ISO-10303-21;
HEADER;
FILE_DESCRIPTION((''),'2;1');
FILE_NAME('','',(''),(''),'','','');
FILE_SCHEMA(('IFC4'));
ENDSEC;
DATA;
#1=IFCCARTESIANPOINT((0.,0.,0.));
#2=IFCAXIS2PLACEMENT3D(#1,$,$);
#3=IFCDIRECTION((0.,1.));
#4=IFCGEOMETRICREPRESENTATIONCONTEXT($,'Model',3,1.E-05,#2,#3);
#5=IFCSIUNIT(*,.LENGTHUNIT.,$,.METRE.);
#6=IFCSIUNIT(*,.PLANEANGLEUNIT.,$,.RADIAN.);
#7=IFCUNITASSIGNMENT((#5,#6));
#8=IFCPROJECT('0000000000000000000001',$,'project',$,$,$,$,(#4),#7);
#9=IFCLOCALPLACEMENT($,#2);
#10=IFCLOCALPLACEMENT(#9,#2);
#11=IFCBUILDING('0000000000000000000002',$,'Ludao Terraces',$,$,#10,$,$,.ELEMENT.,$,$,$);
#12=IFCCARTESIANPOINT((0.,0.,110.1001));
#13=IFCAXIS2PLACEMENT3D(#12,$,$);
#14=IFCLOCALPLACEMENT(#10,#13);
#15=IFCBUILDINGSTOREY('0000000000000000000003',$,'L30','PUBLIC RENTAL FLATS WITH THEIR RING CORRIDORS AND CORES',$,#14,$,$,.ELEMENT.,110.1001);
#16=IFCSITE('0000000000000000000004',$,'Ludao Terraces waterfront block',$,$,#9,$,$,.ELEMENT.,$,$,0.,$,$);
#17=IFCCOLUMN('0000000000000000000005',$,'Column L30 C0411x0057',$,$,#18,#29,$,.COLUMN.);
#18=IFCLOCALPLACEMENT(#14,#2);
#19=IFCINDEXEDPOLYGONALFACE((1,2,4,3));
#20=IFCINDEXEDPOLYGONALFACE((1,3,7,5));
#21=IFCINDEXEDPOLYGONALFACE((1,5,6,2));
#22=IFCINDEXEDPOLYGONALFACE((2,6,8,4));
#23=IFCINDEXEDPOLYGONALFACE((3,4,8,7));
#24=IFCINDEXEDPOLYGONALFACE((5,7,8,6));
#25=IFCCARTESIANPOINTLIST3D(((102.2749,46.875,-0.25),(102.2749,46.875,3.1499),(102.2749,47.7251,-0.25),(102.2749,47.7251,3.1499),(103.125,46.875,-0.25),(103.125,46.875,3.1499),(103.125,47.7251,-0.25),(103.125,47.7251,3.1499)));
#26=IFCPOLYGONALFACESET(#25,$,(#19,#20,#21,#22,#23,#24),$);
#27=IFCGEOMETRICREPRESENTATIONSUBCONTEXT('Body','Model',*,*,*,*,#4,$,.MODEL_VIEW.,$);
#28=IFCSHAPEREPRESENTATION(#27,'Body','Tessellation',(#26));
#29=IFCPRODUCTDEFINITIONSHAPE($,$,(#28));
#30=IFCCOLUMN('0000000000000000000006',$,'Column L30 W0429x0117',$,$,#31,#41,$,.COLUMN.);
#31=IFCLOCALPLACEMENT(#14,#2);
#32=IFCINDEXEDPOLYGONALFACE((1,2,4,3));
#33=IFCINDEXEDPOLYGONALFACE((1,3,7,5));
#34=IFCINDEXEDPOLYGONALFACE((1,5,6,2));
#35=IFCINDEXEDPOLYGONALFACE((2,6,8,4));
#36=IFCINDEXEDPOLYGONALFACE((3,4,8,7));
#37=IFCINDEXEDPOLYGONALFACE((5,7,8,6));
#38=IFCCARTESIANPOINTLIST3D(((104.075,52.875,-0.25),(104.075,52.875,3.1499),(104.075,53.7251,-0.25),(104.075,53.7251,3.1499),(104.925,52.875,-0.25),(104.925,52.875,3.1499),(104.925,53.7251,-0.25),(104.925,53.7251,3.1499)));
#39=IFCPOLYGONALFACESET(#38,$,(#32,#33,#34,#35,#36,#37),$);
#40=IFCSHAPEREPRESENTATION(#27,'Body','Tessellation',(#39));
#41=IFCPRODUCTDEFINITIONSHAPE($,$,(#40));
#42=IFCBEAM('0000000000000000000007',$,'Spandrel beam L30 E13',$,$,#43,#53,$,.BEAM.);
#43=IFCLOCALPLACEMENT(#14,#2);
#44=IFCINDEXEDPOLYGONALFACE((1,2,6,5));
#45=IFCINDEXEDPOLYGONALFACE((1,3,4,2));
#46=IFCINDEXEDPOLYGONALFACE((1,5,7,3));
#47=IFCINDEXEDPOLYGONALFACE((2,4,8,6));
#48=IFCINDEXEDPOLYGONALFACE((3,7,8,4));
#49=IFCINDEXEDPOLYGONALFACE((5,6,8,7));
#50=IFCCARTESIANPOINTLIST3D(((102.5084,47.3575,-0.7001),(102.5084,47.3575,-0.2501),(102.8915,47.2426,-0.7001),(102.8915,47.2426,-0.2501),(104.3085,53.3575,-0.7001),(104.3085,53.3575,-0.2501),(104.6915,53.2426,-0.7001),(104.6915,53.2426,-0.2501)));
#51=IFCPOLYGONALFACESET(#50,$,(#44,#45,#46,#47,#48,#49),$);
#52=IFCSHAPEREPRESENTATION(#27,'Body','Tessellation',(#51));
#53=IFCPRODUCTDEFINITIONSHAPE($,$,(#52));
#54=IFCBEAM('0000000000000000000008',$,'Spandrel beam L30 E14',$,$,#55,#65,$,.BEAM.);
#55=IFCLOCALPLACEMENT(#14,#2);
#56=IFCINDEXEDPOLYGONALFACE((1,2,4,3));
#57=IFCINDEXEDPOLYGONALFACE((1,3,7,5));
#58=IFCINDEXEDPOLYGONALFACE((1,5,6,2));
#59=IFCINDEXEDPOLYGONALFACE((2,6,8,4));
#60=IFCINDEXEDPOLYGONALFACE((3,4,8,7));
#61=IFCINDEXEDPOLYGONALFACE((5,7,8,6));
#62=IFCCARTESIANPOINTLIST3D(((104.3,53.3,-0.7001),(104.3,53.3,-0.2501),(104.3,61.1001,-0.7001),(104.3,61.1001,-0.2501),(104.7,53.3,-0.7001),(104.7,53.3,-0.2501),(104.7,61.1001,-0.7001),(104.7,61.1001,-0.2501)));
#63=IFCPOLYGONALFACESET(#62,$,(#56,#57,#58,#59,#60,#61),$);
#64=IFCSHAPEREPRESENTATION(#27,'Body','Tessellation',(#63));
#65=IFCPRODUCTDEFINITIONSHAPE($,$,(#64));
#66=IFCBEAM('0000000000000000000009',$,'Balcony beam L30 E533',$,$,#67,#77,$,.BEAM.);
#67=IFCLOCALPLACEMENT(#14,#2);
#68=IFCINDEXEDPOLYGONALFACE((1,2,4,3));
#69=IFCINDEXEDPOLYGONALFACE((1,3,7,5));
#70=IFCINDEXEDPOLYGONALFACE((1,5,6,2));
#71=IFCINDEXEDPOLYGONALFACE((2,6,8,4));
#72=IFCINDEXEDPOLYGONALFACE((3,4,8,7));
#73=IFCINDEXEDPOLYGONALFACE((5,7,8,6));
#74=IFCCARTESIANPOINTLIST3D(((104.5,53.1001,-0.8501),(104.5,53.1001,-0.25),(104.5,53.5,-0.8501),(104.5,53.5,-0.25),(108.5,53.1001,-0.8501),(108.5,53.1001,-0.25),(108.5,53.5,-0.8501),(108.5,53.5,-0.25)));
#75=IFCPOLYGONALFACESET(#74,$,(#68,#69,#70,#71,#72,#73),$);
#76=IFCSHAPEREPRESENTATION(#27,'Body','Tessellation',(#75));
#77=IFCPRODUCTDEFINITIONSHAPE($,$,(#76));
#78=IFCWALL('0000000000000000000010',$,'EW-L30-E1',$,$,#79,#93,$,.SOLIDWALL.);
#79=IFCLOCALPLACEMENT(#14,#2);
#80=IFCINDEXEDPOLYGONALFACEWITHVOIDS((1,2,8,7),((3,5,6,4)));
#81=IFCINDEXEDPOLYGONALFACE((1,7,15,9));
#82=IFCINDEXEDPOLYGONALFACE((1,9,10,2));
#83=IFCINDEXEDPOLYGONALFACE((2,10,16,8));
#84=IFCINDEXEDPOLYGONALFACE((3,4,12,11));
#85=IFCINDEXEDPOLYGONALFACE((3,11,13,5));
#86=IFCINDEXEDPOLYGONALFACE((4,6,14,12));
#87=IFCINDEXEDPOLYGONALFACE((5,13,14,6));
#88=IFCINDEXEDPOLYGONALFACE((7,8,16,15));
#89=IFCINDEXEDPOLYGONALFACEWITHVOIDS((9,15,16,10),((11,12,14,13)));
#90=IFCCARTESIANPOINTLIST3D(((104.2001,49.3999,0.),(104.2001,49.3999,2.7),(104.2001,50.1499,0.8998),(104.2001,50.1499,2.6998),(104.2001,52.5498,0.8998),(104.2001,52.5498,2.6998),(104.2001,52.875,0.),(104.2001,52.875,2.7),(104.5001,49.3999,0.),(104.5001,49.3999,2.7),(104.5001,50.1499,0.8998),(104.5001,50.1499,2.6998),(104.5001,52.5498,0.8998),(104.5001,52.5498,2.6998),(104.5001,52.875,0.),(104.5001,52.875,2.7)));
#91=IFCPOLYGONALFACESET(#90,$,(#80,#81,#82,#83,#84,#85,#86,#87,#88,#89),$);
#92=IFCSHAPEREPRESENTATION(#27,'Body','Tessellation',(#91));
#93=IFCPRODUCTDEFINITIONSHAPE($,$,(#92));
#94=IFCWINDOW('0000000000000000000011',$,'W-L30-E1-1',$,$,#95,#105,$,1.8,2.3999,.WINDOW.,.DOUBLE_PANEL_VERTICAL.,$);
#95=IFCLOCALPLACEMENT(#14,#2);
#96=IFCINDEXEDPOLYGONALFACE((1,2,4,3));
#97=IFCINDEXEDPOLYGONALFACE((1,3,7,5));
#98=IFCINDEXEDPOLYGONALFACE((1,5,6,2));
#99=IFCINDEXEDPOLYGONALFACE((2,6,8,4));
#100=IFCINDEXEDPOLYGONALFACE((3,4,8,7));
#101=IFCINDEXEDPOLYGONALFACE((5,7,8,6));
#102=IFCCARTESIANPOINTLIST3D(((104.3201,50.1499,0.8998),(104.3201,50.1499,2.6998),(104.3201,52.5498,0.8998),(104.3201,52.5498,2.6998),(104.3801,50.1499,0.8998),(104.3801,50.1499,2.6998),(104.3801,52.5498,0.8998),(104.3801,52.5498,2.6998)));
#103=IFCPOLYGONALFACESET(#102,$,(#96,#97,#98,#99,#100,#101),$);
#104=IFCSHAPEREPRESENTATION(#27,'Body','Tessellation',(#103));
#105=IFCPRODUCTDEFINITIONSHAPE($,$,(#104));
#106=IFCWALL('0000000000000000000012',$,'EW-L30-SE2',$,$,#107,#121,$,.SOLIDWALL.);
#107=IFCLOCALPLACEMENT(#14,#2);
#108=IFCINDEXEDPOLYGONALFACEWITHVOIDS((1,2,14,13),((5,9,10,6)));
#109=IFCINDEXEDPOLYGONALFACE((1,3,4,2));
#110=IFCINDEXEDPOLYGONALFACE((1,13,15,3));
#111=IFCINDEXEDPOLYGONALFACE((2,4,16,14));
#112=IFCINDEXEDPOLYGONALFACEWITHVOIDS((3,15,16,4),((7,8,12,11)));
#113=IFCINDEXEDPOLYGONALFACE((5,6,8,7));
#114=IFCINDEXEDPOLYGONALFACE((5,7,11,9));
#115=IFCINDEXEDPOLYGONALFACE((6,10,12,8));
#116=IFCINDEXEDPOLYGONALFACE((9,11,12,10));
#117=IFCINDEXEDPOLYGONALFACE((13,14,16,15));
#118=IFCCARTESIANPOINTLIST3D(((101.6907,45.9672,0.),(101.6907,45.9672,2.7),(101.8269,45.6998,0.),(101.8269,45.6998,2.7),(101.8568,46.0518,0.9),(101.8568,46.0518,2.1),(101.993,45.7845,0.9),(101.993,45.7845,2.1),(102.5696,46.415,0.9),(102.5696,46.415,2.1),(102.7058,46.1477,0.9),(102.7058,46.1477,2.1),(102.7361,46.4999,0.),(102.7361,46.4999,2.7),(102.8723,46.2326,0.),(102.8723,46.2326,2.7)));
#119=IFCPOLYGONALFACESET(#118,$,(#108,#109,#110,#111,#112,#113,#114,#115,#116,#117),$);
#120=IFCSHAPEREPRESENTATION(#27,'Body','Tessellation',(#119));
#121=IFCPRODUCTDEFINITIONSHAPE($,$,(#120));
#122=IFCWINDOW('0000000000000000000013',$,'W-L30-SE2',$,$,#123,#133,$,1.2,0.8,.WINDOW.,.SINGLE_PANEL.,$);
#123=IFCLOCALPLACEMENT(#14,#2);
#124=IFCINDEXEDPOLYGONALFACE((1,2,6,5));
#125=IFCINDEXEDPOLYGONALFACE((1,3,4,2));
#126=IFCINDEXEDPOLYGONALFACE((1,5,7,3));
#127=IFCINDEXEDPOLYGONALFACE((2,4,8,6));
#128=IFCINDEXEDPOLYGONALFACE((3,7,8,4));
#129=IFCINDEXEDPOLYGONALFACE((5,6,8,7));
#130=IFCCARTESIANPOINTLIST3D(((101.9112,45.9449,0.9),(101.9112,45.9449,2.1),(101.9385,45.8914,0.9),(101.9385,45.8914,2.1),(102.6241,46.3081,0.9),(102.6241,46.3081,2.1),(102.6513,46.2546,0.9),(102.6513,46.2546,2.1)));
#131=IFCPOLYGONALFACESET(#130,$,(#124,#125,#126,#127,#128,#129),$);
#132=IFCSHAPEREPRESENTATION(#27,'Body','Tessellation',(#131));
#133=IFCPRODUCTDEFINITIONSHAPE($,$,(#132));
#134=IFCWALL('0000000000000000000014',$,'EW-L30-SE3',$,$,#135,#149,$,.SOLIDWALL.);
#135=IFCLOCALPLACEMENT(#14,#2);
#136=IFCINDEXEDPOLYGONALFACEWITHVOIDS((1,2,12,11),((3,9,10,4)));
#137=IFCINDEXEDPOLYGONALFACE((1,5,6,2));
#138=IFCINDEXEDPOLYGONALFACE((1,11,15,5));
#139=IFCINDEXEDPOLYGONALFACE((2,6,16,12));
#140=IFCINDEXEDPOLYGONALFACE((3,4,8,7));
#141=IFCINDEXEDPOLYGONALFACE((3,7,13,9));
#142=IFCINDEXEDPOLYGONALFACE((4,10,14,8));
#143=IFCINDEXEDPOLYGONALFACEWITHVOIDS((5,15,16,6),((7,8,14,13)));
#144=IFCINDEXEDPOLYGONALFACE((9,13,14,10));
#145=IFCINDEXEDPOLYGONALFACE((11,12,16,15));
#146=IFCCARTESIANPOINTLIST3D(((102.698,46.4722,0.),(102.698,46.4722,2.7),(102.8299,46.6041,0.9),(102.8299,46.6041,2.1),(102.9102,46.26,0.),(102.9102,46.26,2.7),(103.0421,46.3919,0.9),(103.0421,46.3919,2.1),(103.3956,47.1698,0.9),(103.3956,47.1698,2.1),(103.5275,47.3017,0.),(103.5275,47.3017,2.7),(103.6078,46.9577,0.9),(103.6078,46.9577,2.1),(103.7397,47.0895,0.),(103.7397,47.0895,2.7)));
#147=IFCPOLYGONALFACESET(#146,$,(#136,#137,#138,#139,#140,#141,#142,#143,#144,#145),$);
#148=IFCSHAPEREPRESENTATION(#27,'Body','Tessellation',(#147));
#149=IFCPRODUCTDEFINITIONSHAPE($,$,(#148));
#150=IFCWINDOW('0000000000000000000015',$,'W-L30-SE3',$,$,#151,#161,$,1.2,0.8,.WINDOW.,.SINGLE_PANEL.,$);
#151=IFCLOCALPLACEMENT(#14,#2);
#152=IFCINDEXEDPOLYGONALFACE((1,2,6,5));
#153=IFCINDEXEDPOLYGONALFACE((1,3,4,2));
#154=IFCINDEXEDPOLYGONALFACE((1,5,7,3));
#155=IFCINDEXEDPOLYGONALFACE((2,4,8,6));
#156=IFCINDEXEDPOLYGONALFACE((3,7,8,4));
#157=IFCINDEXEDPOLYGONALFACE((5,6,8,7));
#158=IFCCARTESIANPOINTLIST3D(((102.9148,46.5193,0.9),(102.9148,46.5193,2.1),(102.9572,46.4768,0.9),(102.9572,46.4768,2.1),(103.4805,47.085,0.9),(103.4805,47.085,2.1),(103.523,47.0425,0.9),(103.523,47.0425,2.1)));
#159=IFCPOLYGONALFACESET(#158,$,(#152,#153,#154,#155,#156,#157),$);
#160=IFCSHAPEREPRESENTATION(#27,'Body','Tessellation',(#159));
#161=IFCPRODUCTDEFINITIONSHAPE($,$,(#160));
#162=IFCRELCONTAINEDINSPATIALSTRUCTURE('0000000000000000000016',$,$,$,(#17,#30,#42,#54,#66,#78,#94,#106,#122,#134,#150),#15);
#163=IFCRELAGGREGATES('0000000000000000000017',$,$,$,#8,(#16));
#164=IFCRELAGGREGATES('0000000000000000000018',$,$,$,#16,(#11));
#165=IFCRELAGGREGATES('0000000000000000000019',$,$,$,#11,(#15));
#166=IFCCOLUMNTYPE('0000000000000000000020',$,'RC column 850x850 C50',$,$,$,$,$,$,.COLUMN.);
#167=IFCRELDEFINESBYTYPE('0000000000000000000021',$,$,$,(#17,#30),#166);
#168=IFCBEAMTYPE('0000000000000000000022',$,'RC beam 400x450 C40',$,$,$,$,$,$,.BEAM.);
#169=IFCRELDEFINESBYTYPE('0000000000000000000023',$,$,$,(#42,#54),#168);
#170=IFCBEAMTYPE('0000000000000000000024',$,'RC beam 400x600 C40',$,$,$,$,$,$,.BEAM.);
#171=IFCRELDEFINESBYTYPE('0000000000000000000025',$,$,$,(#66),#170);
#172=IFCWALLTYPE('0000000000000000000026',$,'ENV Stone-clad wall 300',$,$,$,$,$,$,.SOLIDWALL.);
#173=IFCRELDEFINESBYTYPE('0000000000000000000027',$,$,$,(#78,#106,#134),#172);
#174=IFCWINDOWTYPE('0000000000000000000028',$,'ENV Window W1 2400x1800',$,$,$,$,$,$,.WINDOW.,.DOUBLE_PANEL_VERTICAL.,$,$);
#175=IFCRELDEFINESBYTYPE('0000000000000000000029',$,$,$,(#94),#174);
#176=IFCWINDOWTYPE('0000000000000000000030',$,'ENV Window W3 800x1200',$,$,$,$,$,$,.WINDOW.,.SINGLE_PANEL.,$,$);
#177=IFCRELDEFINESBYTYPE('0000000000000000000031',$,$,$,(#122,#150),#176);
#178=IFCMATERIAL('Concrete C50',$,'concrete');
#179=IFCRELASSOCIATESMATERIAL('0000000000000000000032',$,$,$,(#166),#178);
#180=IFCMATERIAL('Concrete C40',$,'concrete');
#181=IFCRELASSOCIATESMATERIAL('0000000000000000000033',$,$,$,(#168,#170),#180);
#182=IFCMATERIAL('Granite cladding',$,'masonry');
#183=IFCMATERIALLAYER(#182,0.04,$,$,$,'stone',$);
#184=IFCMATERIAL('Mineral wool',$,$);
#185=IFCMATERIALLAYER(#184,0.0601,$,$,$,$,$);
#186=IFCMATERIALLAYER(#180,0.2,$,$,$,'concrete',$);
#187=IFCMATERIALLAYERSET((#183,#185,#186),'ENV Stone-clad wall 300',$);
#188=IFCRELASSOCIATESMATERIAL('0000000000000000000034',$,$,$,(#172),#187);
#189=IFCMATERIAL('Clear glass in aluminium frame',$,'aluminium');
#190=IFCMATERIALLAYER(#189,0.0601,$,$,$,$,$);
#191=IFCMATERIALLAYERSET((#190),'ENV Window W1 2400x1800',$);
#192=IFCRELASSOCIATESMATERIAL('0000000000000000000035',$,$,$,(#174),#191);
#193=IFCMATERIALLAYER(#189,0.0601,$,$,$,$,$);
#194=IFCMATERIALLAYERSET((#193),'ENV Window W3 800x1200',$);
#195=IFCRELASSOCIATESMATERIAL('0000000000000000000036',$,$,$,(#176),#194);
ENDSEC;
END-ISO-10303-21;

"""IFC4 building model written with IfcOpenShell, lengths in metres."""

from ifc_helpers import new_model, si_unit, direction, frame, frame_2d, origin, origin_2d, place, context, subcontext, project, spatial, rectangle, extrude, material, layer, layer_set, material_profile, profile_set, type_object, element, fill, save


model = new_model("IFC4")

# Units and contexts
model_context = context("Model", 3, precision=1e-05, world=origin(), true_north=direction((0.0, 1.0)))
body_context = subcontext(model_context, "Body", "Model", "MODEL_VIEW")
ifc_project = project(units=[si_unit("LENGTHUNIT", "METRE"), si_unit("PLANEANGLEUNIT", "RADIAN")], contexts=[model_context])

# Site, building, storey
site_placement = place(None, origin())
site = spatial("IfcSite", under=ifc_project, at=site_placement, Name="Ludao Terraces waterfront block", CompositionType="ELEMENT", RefElevation=0.0)
building_placement = place(site_placement, origin())
building = spatial("IfcBuilding", under=site, at=building_placement, Name="Ludao Terraces", CompositionType="ELEMENT")
storey_placement = place(building_placement, frame((0.0, 0.0, 110.1001)))
storey = spatial("IfcBuildingStorey", under=building, at=storey_placement, Name="L30", Description="PUBLIC RENTAL FLATS WITH THEIR RING CORRIDORS AND CORES", CompositionType="ELEMENT", Elevation=110.1001)

# Columns
ifc_material_1 = material(Name="Concrete C50", Category="concrete")
ifc_material_profile_1 = material_profile(ifc_material_1, rectangle(XDim=0.8501, YDim=0.8501, at=origin_2d()), Name="850 X 850")
ifc_profile_set_1 = profile_set([ifc_material_profile_1], Name="Concrete C50")
column_type = type_object("IfcColumnType", Name="RC column 850x850 C50", PredefinedType="COLUMN", material=ifc_profile_set_1)
for number, where, z_axis, x_axis, name in (
    (1, (102.7, 47.3, -0.25), (0.0, 0.0, 1.0), (1.0, 0.0, 0.0), "Column L30 C0411x0057"),
    (2, (104.5, 53.3, -0.25), (0.0, 0.0, 1.0), (1.0, 0.0, 0.0), "Column L30 W0429x0117"),
):
    element("IfcColumn", number, at=place(storey_placement, frame(where, z_axis=z_axis, x_axis=x_axis)), inside=storey, type_object=column_type, Name=name, PredefinedType="COLUMN", context=body_context, shape_type="SweptSolid", body=[
        extrude(rectangle(XDim=0.8501, YDim=0.8501, at=origin_2d()), origin(), (0.0, 0.0, 1.0), 3.3999),
    ])

# Beams
ifc_material_2 = material(Name="Concrete C40", Category="concrete")
ifc_material_profile_2 = material_profile(ifc_material_2, rectangle(XDim=0.3999, YDim=0.45, at=origin_2d()), Name="400 X 450")
ifc_profile_set_2 = profile_set([ifc_material_profile_2], Name="Concrete C40")
beam_type_1 = type_object("IfcBeamType", Name="RC beam 400x450 C40", PredefinedType="BEAM", material=ifc_profile_set_2)
beam_1_placement = place(storey_placement, frame((102.7, 47.3, -0.4751), z_axis=(0.287355, 0.957824, 0.0), x_axis=(-0.957824, 0.287355, 0.0)))
element("IfcBeam", 3, at=beam_1_placement, inside=storey, type_object=beam_type_1, Name="Spandrel beam L30 E13", PredefinedType="BEAM", context=body_context, shape_type="SweptSolid", body=[
    extrude(rectangle(XDim=0.3999, YDim=0.45, at=origin_2d()), origin(), (0.0, 0.0, 1.0), 6.2642),
])
beam_2_placement = place(storey_placement, frame((104.5, 53.3, -0.4751), z_axis=(0.0, 1.0, 0.0), x_axis=(-1.0, 0.0, 0.0)))
element("IfcBeam", 4, at=beam_2_placement, inside=storey, type_object=beam_type_1, Name="Spandrel beam L30 E14", PredefinedType="BEAM", context=body_context, shape_type="SweptSolid", body=[
    extrude(rectangle(XDim=0.3999, YDim=0.45, at=origin_2d()), origin(), (0.0, 0.0, 1.0), 7.8),
])
ifc_material_profile_3 = material_profile(ifc_material_2, rectangle(XDim=0.3999, YDim=0.6001, at=origin_2d()), Name="400 X 600")
ifc_profile_set_3 = profile_set([ifc_material_profile_3], Name="Concrete C40")
beam_type_2 = type_object("IfcBeamType", Name="RC beam 400x600 C40", PredefinedType="BEAM", material=ifc_profile_set_3)
beam_3_placement = place(storey_placement, frame((104.5, 53.3, -0.55), z_axis=(1.0, 0.0, 0.0), x_axis=(0.0, 1.0, 0.0)))
element("IfcBeam", 5, at=beam_3_placement, inside=storey, type_object=beam_type_2, Name="Balcony beam L30 E533", PredefinedType="BEAM", context=body_context, shape_type="SweptSolid", body=[
    extrude(rectangle(XDim=0.3999, YDim=0.6001, at=origin_2d()), origin(), (0.0, 0.0, 1.0), 4.0),
])

# Walls, openings, windows
ifc_material_3 = material(Name="Granite cladding", Category="masonry")
ifc_layer_1 = layer(ifc_material_3, 0.04, Category="stone")
ifc_material_4 = material(Name="Mineral wool")
ifc_layer_2 = layer(ifc_material_4, 0.0601)
ifc_layer_3 = layer(ifc_material_2, 0.2, Category="concrete")
ifc_layer_set_1 = layer_set([ifc_layer_1, ifc_layer_2, ifc_layer_3], Name="ENV Stone-clad wall 300")
wall_type = type_object("IfcWallType", Name="ENV Stone-clad wall 300", PredefinedType="SOLIDWALL", material=ifc_layer_set_1)
wall_1_placement = place(storey_placement, frame((104.3501, 49.3999, 0.0), z_axis=(0.0, 0.0, 1.0), x_axis=(0.0, 1.0, 0.0)))
wall_1 = element("IfcWall", 6, at=wall_1_placement, inside=storey, type_object=wall_type, Name="EW-L30-E1", PredefinedType="SOLIDWALL", context=body_context, shape_type="SweptSolid", body=[
    extrude(rectangle(XDim=3.4751, YDim=0.3, at=frame_2d((1.7375, 0.0))), origin(), (0.0, 0.0, 1.0), 2.7),
])
opening_1_placement = place(wall_1_placement, frame((0.75, 0.0, 0.8999)))
opening_1 = element("IfcOpeningElement", 7, at=opening_1_placement, cuts=wall_1, PredefinedType="OPENING", context=body_context, shape_type="SweptSolid", body=[
    extrude(rectangle(XDim=2.3999, YDim=1.8, at=frame_2d((1.2, 0.8999))), frame((0.0, 0.1602, 0.0), z_axis=(0.0, -1.0, 0.0), x_axis=(1.0, 0.0, 0.0)), (0.0, 0.0, 1.0), 0.3201),
])
ifc_material_5 = material(Name="Clear glass in aluminium frame", Category="aluminium")
ifc_layer_4 = layer(ifc_material_5, 0.0601)
ifc_layer_set_2 = layer_set([ifc_layer_4], Name="ENV Window W1 2400x1800")
window_type_1 = type_object("IfcWindowType", Name="ENV Window W1 2400x1800", PartitioningType="DOUBLE_PANEL_VERTICAL", PredefinedType="WINDOW", material=ifc_layer_set_2)
window_1_placement = place(opening_1_placement, origin())
window_1 = element("IfcWindow", 8, at=window_1_placement, inside=storey, type_object=window_type_1, Name="W-L30-E1-1", OverallHeight=1.8, OverallWidth=2.3999, PartitioningType="DOUBLE_PANEL_VERTICAL", PredefinedType="WINDOW", context=body_context, shape_type="SweptSolid", body=[
    extrude(rectangle(XDim=2.3999, YDim=1.8, at=frame_2d((1.2, 0.8999))), frame((0.0, 0.03, 0.0), z_axis=(0.0, -1.0, 0.0), x_axis=(1.0, 0.0, 0.0)), (0.0, 0.0, 1.0), 0.0601),
])
fill(opening_1, window_1)
wall_2_placement = place(storey_placement, frame((101.7588, 45.8335, 0.0), z_axis=(0.0, 0.0, 1.0), x_axis=(0.890989, 0.454026, 0.0)))
wall_2 = element("IfcWall", 9, at=wall_2_placement, inside=storey, type_object=wall_type, Name="EW-L30-SE2", PredefinedType="SOLIDWALL", context=body_context, shape_type="SweptSolid", body=[
    extrude(rectangle(XDim=1.1733, YDim=0.3, at=frame_2d((0.5867, 0.0))), origin(), (0.0, 0.0, 1.0), 2.7),
])
opening_2_placement = place(wall_2_placement, frame((0.1865, 0.0, 0.8999)))
opening_2 = element("IfcOpeningElement", 10, at=opening_2_placement, cuts=wall_2, PredefinedType="OPENING", context=body_context, shape_type="SweptSolid", body=[
    extrude(rectangle(XDim=0.8, YDim=1.2, at=frame_2d((0.3999, 0.6001))), frame((0.0, 0.1602, 0.0), z_axis=(0.0, -1.0, 0.0), x_axis=(1.0, 0.0, 0.0)), (0.0, 0.0, 1.0), 0.3201),
])
ifc_layer_5 = layer(ifc_material_5, 0.0601)
ifc_layer_set_3 = layer_set([ifc_layer_5], Name="ENV Window W3 800x1200")
window_type_2 = type_object("IfcWindowType", Name="ENV Window W3 800x1200", PartitioningType="SINGLE_PANEL", PredefinedType="WINDOW", material=ifc_layer_set_3)
window_2_placement = place(opening_2_placement, origin())
window_2 = element("IfcWindow", 11, at=window_2_placement, inside=storey, type_object=window_type_2, Name="W-L30-SE2", OverallHeight=1.2, OverallWidth=0.8, PartitioningType="SINGLE_PANEL", PredefinedType="WINDOW", context=body_context, shape_type="SweptSolid", body=[
    extrude(rectangle(XDim=0.8, YDim=1.2, at=frame_2d((0.3999, 0.6001))), frame((0.0, 0.03, 0.0), z_axis=(0.0, -1.0, 0.0), x_axis=(1.0, 0.0, 0.0)), (0.0, 0.0, 1.0), 0.0601),
])
fill(opening_2, window_2)
wall_3_placement = place(storey_placement, frame((102.8042, 46.3662, 0.0), z_axis=(0.0, 0.0, 1.0), x_axis=(0.707107, 0.707107, 0.0)))
wall_3 = element("IfcWall", 12, at=wall_3_placement, inside=storey, type_object=wall_type, Name="EW-L30-SE3", PredefinedType="SOLIDWALL", context=body_context, shape_type="SweptSolid", body=[
    extrude(rectangle(XDim=1.1731, YDim=0.3, at=frame_2d((0.5864, 0.0))), origin(), (0.0, 0.0, 1.0), 2.7),
])
opening_3_placement = place(wall_3_placement, frame((0.1865, 0.0, 0.8999)))
opening_3 = element("IfcOpeningElement", 13, at=opening_3_placement, cuts=wall_3, PredefinedType="OPENING", context=body_context, shape_type="SweptSolid", body=[
    extrude(rectangle(XDim=0.8, YDim=1.2, at=frame_2d((0.3999, 0.6001))), frame((0.0, 0.1602, 0.0), z_axis=(0.0, -1.0, 0.0), x_axis=(1.0, 0.0, 0.0)), (0.0, 0.0, 1.0), 0.3201),
])
window_3_placement = place(opening_3_placement, origin())
window_3 = element("IfcWindow", 14, at=window_3_placement, inside=storey, type_object=window_type_2, Name="W-L30-SE3", OverallHeight=1.2, OverallWidth=0.8, PartitioningType="SINGLE_PANEL", PredefinedType="WINDOW", context=body_context, shape_type="SweptSolid", body=[
    extrude(rectangle(XDim=0.8, YDim=1.2, at=frame_2d((0.3999, 0.6001))), frame((0.0, 0.03, 0.0), z_axis=(0.0, -1.0, 0.0), x_axis=(1.0, 0.0, 0.0)), (0.0, 0.0, 1.0), 0.0601),
])
fill(opening_3, window_3)

save(model, "model.ifc")
